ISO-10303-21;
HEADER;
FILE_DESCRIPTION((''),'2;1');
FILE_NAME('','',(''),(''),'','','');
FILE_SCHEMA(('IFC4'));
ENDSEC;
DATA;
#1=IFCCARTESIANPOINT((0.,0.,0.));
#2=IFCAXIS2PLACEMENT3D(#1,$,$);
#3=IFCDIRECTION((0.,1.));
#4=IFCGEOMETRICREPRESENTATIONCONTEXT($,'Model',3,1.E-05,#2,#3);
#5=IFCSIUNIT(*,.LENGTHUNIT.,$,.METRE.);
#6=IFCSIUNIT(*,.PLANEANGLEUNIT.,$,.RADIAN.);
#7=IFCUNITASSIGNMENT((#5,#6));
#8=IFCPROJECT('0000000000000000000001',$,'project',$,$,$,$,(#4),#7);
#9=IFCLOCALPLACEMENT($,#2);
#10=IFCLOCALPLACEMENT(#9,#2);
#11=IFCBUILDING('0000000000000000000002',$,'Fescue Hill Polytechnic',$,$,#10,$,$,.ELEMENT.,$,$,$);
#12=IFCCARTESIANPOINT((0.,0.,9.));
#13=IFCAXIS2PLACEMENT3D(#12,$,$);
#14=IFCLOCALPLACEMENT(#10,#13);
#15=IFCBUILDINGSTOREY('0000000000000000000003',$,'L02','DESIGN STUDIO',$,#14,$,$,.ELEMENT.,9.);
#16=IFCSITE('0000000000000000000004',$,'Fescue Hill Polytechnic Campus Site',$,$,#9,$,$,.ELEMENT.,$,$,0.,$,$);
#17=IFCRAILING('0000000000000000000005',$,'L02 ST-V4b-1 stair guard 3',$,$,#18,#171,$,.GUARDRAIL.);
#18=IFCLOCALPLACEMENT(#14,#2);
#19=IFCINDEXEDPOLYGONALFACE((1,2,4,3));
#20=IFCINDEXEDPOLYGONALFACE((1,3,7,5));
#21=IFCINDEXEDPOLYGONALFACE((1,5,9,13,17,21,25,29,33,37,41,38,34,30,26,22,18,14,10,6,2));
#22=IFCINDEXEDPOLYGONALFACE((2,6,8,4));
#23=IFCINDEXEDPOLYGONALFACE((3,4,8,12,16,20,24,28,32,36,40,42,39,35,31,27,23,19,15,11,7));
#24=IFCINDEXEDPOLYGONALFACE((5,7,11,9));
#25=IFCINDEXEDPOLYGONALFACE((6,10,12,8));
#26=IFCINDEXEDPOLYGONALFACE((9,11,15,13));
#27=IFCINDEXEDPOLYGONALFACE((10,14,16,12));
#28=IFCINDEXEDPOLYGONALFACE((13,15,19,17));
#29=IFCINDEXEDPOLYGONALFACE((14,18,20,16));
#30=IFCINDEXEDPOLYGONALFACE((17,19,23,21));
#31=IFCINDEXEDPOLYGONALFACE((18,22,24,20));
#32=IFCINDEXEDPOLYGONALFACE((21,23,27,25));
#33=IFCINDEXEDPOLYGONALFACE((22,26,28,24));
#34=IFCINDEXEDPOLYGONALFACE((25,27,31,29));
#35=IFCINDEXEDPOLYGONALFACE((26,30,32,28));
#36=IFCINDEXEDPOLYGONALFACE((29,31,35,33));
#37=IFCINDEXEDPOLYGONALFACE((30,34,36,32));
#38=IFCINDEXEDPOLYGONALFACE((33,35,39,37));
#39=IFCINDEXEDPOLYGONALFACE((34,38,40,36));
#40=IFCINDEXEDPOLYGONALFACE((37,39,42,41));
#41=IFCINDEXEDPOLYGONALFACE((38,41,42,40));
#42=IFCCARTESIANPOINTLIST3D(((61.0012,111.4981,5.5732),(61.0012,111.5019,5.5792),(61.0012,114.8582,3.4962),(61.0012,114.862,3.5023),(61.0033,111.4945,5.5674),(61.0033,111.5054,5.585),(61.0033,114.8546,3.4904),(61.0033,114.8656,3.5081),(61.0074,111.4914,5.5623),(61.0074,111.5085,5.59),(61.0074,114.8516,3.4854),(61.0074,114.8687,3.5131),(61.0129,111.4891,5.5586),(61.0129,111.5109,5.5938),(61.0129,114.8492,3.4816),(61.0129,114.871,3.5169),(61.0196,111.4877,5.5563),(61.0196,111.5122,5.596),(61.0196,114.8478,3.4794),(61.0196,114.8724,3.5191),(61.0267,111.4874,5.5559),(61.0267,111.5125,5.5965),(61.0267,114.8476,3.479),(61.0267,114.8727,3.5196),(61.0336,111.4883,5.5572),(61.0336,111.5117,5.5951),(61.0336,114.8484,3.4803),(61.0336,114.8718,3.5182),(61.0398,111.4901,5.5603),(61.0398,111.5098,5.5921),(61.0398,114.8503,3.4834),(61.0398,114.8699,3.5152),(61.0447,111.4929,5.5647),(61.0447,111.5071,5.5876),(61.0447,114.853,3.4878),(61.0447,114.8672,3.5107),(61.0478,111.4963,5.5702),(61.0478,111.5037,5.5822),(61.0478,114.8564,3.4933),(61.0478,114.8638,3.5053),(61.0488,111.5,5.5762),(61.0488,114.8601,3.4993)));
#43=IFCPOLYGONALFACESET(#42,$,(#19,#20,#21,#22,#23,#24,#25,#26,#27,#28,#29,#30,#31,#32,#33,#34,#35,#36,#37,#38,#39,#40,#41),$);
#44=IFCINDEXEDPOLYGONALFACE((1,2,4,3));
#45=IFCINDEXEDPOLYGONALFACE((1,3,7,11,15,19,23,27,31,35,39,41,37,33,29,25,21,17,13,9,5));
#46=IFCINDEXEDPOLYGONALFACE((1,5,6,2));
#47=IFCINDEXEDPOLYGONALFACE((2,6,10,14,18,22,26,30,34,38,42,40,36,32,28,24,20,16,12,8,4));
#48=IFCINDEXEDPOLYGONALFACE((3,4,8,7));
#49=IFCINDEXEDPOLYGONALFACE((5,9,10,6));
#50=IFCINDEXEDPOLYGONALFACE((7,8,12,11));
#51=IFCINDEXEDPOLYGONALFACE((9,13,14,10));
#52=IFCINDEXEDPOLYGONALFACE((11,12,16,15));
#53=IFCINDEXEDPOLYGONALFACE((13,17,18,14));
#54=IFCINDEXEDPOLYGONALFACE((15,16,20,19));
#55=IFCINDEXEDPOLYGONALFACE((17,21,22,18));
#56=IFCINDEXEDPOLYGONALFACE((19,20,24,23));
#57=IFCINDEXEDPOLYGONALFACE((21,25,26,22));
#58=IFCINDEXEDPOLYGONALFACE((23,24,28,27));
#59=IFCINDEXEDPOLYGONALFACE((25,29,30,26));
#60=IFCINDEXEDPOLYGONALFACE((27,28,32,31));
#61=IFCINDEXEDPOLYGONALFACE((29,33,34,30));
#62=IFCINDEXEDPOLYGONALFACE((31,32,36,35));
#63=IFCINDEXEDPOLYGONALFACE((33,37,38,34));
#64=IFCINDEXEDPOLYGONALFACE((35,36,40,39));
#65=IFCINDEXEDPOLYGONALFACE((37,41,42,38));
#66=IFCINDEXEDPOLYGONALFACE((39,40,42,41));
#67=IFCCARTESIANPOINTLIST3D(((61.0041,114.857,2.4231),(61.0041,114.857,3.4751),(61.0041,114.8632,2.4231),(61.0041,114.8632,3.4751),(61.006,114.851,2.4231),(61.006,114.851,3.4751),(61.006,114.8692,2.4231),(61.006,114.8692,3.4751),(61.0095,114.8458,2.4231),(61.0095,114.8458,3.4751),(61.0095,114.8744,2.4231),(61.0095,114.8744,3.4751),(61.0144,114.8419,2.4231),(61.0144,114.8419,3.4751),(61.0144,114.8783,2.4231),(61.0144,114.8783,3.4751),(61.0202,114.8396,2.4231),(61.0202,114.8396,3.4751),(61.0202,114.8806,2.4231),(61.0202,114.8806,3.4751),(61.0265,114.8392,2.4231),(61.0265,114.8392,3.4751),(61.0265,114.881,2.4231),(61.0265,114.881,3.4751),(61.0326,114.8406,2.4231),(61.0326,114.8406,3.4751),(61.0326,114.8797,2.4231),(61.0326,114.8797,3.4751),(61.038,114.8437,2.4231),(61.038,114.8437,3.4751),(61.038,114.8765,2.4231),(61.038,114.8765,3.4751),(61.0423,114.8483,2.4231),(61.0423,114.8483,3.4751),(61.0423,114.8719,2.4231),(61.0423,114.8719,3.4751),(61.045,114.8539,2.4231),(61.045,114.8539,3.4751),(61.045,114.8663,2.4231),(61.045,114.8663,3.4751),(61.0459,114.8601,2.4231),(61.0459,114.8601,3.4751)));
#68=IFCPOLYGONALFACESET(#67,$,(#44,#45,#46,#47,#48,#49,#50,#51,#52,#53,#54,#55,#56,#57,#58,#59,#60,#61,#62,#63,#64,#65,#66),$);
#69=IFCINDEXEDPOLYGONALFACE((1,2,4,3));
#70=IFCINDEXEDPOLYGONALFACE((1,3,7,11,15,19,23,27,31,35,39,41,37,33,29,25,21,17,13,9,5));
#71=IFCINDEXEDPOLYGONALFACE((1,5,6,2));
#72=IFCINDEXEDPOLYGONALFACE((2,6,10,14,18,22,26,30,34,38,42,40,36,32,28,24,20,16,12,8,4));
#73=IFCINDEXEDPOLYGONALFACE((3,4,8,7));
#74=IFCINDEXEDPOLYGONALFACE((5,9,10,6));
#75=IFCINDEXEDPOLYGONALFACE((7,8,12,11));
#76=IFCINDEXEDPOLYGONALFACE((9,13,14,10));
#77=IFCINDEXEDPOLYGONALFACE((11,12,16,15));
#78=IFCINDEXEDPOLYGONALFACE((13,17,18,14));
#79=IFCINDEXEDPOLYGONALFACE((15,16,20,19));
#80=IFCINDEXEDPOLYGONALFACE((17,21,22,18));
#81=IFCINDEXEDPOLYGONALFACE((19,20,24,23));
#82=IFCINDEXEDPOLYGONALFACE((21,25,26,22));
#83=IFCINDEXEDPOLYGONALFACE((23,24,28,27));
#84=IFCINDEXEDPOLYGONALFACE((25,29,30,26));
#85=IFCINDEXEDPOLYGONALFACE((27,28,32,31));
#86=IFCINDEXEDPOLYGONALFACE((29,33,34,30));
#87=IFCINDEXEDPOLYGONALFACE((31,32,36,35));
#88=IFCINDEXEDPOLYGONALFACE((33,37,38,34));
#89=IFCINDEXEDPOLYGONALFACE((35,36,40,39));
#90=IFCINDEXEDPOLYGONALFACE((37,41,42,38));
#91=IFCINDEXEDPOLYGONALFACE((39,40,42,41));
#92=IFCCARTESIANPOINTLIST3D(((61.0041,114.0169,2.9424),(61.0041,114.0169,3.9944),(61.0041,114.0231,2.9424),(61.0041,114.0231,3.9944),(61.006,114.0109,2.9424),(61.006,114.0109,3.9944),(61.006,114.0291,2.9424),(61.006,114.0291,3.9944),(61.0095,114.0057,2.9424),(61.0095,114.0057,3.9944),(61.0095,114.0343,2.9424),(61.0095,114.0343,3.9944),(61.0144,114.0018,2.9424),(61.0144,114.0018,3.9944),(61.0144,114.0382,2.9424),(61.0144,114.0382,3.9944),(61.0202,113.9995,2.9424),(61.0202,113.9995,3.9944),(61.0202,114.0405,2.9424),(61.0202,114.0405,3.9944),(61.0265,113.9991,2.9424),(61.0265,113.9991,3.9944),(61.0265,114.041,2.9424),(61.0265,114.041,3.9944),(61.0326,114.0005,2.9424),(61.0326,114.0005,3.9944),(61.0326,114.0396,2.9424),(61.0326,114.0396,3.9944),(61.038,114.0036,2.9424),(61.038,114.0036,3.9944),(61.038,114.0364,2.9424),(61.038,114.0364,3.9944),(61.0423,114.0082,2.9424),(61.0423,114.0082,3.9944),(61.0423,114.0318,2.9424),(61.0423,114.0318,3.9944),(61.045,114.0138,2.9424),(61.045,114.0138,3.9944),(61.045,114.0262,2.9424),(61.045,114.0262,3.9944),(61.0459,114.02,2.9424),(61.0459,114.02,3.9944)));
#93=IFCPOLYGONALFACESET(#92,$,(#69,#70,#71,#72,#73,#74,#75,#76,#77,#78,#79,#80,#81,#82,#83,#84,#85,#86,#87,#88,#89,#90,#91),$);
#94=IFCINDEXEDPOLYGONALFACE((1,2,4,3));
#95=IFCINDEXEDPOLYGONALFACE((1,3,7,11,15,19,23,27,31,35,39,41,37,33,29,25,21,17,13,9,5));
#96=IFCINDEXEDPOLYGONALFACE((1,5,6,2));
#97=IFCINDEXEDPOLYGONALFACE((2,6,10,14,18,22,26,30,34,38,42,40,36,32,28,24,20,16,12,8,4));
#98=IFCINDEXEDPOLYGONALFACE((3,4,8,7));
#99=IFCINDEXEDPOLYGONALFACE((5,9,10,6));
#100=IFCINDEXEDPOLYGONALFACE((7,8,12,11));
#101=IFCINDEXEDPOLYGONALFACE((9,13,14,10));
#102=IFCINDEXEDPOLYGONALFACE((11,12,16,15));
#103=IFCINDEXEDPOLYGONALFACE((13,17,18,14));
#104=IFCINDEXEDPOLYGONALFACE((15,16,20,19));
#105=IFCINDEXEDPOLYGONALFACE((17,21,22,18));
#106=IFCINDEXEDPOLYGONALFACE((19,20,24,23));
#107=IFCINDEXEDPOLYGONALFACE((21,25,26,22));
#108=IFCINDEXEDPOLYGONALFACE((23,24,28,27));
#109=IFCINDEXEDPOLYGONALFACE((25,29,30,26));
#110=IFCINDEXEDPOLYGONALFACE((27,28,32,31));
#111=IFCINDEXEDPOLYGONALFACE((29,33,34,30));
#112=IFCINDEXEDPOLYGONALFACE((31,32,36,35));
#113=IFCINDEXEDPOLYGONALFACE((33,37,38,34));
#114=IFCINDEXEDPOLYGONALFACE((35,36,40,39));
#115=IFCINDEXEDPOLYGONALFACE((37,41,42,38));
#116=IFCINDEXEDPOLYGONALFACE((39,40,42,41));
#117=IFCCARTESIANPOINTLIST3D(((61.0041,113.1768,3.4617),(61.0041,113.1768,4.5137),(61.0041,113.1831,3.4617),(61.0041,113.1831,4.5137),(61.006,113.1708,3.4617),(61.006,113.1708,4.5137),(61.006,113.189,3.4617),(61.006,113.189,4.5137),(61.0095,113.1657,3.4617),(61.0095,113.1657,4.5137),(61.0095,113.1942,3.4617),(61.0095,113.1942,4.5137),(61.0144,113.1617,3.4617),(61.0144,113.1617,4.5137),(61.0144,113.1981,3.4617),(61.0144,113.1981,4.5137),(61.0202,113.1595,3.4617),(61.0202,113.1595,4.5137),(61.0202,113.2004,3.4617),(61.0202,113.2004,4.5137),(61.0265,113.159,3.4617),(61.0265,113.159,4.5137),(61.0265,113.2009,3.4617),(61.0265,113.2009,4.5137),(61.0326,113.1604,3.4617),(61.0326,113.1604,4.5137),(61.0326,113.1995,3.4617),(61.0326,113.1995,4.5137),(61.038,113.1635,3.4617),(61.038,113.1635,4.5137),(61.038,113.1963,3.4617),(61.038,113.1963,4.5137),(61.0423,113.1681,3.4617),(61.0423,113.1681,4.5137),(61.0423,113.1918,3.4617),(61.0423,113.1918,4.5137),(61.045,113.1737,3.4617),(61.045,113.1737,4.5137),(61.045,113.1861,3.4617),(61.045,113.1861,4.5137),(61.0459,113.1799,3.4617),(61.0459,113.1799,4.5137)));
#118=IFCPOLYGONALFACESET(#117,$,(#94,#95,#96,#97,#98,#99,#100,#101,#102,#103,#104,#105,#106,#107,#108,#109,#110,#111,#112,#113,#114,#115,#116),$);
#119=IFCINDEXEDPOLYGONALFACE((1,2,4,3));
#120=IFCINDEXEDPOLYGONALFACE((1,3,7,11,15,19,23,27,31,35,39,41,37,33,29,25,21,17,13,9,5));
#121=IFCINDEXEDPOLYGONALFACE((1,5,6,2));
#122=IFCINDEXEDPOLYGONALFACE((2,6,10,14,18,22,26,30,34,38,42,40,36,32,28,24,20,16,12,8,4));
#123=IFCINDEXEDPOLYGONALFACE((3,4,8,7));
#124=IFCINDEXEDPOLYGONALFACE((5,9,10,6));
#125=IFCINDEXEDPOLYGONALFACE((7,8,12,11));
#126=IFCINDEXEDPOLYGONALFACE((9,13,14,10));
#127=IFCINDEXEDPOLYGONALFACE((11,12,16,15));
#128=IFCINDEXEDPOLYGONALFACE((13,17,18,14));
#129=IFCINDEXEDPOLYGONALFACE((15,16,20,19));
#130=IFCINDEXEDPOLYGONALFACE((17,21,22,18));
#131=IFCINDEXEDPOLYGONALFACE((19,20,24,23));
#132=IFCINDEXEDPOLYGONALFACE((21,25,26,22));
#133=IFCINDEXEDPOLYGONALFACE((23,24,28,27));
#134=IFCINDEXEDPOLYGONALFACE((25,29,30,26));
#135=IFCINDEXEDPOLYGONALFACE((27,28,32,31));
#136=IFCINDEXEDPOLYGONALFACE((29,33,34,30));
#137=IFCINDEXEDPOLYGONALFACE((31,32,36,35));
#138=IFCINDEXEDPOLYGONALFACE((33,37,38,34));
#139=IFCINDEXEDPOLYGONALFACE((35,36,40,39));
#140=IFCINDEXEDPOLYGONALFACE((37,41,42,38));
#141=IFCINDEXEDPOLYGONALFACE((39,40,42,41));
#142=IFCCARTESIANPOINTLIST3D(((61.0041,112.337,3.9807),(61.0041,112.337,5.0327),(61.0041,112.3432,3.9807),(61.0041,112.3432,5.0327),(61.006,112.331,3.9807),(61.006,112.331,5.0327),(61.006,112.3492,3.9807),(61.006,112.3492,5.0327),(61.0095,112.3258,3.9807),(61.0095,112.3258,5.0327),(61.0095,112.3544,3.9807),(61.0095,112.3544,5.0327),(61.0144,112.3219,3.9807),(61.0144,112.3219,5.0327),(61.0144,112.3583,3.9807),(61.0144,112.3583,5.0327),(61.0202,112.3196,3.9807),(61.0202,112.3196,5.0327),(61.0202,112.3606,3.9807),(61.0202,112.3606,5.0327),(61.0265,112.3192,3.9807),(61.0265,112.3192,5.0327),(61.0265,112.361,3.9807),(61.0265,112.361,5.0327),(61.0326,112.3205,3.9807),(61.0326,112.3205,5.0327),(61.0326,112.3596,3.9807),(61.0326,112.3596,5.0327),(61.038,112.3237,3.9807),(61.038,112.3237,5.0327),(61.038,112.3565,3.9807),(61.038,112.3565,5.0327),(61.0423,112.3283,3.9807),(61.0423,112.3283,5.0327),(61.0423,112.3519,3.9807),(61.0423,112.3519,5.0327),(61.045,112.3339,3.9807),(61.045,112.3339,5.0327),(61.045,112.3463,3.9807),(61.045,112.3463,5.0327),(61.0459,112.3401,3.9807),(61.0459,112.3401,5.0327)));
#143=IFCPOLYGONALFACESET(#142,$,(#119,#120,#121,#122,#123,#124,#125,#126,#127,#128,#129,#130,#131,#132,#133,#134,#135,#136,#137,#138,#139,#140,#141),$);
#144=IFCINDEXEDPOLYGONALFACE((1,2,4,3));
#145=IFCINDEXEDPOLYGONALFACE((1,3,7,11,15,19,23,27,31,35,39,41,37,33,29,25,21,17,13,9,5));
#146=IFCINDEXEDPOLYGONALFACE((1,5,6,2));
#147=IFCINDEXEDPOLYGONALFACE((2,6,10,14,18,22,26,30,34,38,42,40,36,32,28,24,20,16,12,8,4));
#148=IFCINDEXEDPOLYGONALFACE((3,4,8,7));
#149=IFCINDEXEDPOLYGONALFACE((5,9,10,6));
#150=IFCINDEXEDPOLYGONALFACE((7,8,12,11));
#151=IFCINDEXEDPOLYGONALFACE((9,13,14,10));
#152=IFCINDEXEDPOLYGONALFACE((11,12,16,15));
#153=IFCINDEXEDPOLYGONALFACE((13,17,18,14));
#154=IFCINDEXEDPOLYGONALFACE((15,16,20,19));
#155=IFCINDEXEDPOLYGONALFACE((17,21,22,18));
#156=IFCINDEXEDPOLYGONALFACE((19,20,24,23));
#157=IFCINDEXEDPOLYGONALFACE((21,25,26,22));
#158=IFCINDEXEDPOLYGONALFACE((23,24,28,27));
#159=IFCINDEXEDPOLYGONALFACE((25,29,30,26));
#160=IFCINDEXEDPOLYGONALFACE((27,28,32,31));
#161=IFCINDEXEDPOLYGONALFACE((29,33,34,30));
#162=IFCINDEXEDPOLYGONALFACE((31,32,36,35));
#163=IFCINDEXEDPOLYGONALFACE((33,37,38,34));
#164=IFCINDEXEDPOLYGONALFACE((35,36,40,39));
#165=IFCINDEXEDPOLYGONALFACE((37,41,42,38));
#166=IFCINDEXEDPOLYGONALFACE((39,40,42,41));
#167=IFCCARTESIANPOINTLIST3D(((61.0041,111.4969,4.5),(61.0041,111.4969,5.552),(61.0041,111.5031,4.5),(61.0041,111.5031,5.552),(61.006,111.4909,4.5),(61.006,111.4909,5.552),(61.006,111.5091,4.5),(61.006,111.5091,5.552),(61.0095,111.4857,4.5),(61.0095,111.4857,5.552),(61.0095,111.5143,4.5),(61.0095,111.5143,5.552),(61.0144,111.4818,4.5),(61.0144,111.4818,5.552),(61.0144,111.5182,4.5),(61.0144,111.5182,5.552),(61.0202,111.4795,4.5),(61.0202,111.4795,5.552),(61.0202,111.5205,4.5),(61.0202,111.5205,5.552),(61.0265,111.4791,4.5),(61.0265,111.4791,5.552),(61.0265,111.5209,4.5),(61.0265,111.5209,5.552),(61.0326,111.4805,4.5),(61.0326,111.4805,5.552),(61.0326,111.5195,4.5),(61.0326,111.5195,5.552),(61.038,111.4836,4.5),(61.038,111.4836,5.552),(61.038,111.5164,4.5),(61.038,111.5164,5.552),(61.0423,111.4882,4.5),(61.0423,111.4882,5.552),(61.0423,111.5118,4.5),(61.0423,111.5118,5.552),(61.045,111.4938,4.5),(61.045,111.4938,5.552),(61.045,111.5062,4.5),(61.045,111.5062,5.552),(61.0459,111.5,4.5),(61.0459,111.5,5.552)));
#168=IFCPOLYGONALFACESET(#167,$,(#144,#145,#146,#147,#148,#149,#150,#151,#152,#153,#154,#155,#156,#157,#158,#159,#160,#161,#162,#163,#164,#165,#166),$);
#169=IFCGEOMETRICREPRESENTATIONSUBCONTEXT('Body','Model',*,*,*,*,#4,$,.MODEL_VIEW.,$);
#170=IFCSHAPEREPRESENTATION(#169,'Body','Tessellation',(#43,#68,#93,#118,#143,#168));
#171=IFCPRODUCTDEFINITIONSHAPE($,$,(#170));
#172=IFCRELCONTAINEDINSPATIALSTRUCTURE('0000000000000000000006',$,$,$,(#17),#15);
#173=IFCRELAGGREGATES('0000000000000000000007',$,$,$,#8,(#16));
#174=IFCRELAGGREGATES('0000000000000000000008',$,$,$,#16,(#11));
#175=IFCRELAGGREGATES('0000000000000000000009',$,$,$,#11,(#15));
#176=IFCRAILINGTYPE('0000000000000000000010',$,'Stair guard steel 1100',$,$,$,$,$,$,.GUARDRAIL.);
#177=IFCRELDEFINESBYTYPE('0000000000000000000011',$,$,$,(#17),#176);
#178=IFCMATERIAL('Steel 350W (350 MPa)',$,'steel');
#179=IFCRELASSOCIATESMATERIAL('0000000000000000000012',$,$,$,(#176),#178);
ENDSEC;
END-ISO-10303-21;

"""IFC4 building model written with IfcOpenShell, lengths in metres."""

from ifc_helpers import new_model, si_unit, direction, frame, origin, origin_2d, place, context, subcontext, project, spatial, circle, extrude, material, type_object, element, save


model = new_model("IFC4")

# Units and contexts
model_context = context("Model", 3, precision=1e-05, world=origin(), true_north=direction((0.0, 1.0)))
body_context = subcontext(model_context, "Body", "Model", "MODEL_VIEW")
ifc_project = project(units=[si_unit("LENGTHUNIT", "METRE"), si_unit("PLANEANGLEUNIT", "RADIAN")], contexts=[model_context])

# Site, building, storey
site_placement = place(None, origin())
site = spatial("IfcSite", under=ifc_project, at=site_placement, Name="Fescue Hill Polytechnic Campus Site", CompositionType="ELEMENT", RefElevation=0.0)
building_placement = place(site_placement, origin())
building = spatial("IfcBuilding", under=site, at=building_placement, Name="Fescue Hill Polytechnic", CompositionType="ELEMENT")
storey_placement = place(building_placement, frame((0.0, 0.0, 9.0)))
storey = spatial("IfcBuildingStorey", under=building, at=storey_placement, Name="L02", Description="DESIGN STUDIO", CompositionType="ELEMENT", Elevation=9.0)

# Railing
ifc_material_1 = material(Name="Steel 350W (350 MPa)", Category="steel")
railing_type_1 = type_object("IfcRailingType", Name="Stair guard steel 1100", PredefinedType="GUARDRAIL", material=ifc_material_1)
railing_1_placement = place(storey_placement, frame((61.0249, 114.8601, 2.4231)))
element("IfcRailing", 1, at=railing_1_placement, inside=storey, type_object=railing_type_1, Name="L02 ST-V4b-1 stair guard 3", PredefinedType="GUARDRAIL", context=body_context, shape_type="SweptSolid", body=[
    extrude(circle(Radius=0.0239, at=origin_2d()), frame((0.0, 0.0, 1.0762), z_axis=(0.0, -0.850623, 0.525776), x_axis=(1.0, 0.0, 0.0)), (0.0, 0.0, 1.0), 3.9502),
    extrude(circle(Radius=0.021, at=origin_2d()), origin(), (0.0, 0.0, 1.0), 1.052),
    extrude(circle(Radius=0.021, at=origin_2d()), frame((0.0, -0.8401, 0.5193)), (0.0, 0.0, 1.0), 1.052),
    extrude(circle(Radius=0.021, at=origin_2d()), frame((0.0, -1.6802, 1.0386)), (0.0, 0.0, 1.0), 1.052),
    extrude(circle(Radius=0.021, at=origin_2d()), frame((0.0, -2.52, 1.5576)), (0.0, 0.0, 1.0), 1.052),
    extrude(circle(Radius=0.021, at=origin_2d()), frame((0.0, -3.3601, 2.0769)), (0.0, 0.0, 1.0), 1.052),
])

save(model, "model.ifc")
